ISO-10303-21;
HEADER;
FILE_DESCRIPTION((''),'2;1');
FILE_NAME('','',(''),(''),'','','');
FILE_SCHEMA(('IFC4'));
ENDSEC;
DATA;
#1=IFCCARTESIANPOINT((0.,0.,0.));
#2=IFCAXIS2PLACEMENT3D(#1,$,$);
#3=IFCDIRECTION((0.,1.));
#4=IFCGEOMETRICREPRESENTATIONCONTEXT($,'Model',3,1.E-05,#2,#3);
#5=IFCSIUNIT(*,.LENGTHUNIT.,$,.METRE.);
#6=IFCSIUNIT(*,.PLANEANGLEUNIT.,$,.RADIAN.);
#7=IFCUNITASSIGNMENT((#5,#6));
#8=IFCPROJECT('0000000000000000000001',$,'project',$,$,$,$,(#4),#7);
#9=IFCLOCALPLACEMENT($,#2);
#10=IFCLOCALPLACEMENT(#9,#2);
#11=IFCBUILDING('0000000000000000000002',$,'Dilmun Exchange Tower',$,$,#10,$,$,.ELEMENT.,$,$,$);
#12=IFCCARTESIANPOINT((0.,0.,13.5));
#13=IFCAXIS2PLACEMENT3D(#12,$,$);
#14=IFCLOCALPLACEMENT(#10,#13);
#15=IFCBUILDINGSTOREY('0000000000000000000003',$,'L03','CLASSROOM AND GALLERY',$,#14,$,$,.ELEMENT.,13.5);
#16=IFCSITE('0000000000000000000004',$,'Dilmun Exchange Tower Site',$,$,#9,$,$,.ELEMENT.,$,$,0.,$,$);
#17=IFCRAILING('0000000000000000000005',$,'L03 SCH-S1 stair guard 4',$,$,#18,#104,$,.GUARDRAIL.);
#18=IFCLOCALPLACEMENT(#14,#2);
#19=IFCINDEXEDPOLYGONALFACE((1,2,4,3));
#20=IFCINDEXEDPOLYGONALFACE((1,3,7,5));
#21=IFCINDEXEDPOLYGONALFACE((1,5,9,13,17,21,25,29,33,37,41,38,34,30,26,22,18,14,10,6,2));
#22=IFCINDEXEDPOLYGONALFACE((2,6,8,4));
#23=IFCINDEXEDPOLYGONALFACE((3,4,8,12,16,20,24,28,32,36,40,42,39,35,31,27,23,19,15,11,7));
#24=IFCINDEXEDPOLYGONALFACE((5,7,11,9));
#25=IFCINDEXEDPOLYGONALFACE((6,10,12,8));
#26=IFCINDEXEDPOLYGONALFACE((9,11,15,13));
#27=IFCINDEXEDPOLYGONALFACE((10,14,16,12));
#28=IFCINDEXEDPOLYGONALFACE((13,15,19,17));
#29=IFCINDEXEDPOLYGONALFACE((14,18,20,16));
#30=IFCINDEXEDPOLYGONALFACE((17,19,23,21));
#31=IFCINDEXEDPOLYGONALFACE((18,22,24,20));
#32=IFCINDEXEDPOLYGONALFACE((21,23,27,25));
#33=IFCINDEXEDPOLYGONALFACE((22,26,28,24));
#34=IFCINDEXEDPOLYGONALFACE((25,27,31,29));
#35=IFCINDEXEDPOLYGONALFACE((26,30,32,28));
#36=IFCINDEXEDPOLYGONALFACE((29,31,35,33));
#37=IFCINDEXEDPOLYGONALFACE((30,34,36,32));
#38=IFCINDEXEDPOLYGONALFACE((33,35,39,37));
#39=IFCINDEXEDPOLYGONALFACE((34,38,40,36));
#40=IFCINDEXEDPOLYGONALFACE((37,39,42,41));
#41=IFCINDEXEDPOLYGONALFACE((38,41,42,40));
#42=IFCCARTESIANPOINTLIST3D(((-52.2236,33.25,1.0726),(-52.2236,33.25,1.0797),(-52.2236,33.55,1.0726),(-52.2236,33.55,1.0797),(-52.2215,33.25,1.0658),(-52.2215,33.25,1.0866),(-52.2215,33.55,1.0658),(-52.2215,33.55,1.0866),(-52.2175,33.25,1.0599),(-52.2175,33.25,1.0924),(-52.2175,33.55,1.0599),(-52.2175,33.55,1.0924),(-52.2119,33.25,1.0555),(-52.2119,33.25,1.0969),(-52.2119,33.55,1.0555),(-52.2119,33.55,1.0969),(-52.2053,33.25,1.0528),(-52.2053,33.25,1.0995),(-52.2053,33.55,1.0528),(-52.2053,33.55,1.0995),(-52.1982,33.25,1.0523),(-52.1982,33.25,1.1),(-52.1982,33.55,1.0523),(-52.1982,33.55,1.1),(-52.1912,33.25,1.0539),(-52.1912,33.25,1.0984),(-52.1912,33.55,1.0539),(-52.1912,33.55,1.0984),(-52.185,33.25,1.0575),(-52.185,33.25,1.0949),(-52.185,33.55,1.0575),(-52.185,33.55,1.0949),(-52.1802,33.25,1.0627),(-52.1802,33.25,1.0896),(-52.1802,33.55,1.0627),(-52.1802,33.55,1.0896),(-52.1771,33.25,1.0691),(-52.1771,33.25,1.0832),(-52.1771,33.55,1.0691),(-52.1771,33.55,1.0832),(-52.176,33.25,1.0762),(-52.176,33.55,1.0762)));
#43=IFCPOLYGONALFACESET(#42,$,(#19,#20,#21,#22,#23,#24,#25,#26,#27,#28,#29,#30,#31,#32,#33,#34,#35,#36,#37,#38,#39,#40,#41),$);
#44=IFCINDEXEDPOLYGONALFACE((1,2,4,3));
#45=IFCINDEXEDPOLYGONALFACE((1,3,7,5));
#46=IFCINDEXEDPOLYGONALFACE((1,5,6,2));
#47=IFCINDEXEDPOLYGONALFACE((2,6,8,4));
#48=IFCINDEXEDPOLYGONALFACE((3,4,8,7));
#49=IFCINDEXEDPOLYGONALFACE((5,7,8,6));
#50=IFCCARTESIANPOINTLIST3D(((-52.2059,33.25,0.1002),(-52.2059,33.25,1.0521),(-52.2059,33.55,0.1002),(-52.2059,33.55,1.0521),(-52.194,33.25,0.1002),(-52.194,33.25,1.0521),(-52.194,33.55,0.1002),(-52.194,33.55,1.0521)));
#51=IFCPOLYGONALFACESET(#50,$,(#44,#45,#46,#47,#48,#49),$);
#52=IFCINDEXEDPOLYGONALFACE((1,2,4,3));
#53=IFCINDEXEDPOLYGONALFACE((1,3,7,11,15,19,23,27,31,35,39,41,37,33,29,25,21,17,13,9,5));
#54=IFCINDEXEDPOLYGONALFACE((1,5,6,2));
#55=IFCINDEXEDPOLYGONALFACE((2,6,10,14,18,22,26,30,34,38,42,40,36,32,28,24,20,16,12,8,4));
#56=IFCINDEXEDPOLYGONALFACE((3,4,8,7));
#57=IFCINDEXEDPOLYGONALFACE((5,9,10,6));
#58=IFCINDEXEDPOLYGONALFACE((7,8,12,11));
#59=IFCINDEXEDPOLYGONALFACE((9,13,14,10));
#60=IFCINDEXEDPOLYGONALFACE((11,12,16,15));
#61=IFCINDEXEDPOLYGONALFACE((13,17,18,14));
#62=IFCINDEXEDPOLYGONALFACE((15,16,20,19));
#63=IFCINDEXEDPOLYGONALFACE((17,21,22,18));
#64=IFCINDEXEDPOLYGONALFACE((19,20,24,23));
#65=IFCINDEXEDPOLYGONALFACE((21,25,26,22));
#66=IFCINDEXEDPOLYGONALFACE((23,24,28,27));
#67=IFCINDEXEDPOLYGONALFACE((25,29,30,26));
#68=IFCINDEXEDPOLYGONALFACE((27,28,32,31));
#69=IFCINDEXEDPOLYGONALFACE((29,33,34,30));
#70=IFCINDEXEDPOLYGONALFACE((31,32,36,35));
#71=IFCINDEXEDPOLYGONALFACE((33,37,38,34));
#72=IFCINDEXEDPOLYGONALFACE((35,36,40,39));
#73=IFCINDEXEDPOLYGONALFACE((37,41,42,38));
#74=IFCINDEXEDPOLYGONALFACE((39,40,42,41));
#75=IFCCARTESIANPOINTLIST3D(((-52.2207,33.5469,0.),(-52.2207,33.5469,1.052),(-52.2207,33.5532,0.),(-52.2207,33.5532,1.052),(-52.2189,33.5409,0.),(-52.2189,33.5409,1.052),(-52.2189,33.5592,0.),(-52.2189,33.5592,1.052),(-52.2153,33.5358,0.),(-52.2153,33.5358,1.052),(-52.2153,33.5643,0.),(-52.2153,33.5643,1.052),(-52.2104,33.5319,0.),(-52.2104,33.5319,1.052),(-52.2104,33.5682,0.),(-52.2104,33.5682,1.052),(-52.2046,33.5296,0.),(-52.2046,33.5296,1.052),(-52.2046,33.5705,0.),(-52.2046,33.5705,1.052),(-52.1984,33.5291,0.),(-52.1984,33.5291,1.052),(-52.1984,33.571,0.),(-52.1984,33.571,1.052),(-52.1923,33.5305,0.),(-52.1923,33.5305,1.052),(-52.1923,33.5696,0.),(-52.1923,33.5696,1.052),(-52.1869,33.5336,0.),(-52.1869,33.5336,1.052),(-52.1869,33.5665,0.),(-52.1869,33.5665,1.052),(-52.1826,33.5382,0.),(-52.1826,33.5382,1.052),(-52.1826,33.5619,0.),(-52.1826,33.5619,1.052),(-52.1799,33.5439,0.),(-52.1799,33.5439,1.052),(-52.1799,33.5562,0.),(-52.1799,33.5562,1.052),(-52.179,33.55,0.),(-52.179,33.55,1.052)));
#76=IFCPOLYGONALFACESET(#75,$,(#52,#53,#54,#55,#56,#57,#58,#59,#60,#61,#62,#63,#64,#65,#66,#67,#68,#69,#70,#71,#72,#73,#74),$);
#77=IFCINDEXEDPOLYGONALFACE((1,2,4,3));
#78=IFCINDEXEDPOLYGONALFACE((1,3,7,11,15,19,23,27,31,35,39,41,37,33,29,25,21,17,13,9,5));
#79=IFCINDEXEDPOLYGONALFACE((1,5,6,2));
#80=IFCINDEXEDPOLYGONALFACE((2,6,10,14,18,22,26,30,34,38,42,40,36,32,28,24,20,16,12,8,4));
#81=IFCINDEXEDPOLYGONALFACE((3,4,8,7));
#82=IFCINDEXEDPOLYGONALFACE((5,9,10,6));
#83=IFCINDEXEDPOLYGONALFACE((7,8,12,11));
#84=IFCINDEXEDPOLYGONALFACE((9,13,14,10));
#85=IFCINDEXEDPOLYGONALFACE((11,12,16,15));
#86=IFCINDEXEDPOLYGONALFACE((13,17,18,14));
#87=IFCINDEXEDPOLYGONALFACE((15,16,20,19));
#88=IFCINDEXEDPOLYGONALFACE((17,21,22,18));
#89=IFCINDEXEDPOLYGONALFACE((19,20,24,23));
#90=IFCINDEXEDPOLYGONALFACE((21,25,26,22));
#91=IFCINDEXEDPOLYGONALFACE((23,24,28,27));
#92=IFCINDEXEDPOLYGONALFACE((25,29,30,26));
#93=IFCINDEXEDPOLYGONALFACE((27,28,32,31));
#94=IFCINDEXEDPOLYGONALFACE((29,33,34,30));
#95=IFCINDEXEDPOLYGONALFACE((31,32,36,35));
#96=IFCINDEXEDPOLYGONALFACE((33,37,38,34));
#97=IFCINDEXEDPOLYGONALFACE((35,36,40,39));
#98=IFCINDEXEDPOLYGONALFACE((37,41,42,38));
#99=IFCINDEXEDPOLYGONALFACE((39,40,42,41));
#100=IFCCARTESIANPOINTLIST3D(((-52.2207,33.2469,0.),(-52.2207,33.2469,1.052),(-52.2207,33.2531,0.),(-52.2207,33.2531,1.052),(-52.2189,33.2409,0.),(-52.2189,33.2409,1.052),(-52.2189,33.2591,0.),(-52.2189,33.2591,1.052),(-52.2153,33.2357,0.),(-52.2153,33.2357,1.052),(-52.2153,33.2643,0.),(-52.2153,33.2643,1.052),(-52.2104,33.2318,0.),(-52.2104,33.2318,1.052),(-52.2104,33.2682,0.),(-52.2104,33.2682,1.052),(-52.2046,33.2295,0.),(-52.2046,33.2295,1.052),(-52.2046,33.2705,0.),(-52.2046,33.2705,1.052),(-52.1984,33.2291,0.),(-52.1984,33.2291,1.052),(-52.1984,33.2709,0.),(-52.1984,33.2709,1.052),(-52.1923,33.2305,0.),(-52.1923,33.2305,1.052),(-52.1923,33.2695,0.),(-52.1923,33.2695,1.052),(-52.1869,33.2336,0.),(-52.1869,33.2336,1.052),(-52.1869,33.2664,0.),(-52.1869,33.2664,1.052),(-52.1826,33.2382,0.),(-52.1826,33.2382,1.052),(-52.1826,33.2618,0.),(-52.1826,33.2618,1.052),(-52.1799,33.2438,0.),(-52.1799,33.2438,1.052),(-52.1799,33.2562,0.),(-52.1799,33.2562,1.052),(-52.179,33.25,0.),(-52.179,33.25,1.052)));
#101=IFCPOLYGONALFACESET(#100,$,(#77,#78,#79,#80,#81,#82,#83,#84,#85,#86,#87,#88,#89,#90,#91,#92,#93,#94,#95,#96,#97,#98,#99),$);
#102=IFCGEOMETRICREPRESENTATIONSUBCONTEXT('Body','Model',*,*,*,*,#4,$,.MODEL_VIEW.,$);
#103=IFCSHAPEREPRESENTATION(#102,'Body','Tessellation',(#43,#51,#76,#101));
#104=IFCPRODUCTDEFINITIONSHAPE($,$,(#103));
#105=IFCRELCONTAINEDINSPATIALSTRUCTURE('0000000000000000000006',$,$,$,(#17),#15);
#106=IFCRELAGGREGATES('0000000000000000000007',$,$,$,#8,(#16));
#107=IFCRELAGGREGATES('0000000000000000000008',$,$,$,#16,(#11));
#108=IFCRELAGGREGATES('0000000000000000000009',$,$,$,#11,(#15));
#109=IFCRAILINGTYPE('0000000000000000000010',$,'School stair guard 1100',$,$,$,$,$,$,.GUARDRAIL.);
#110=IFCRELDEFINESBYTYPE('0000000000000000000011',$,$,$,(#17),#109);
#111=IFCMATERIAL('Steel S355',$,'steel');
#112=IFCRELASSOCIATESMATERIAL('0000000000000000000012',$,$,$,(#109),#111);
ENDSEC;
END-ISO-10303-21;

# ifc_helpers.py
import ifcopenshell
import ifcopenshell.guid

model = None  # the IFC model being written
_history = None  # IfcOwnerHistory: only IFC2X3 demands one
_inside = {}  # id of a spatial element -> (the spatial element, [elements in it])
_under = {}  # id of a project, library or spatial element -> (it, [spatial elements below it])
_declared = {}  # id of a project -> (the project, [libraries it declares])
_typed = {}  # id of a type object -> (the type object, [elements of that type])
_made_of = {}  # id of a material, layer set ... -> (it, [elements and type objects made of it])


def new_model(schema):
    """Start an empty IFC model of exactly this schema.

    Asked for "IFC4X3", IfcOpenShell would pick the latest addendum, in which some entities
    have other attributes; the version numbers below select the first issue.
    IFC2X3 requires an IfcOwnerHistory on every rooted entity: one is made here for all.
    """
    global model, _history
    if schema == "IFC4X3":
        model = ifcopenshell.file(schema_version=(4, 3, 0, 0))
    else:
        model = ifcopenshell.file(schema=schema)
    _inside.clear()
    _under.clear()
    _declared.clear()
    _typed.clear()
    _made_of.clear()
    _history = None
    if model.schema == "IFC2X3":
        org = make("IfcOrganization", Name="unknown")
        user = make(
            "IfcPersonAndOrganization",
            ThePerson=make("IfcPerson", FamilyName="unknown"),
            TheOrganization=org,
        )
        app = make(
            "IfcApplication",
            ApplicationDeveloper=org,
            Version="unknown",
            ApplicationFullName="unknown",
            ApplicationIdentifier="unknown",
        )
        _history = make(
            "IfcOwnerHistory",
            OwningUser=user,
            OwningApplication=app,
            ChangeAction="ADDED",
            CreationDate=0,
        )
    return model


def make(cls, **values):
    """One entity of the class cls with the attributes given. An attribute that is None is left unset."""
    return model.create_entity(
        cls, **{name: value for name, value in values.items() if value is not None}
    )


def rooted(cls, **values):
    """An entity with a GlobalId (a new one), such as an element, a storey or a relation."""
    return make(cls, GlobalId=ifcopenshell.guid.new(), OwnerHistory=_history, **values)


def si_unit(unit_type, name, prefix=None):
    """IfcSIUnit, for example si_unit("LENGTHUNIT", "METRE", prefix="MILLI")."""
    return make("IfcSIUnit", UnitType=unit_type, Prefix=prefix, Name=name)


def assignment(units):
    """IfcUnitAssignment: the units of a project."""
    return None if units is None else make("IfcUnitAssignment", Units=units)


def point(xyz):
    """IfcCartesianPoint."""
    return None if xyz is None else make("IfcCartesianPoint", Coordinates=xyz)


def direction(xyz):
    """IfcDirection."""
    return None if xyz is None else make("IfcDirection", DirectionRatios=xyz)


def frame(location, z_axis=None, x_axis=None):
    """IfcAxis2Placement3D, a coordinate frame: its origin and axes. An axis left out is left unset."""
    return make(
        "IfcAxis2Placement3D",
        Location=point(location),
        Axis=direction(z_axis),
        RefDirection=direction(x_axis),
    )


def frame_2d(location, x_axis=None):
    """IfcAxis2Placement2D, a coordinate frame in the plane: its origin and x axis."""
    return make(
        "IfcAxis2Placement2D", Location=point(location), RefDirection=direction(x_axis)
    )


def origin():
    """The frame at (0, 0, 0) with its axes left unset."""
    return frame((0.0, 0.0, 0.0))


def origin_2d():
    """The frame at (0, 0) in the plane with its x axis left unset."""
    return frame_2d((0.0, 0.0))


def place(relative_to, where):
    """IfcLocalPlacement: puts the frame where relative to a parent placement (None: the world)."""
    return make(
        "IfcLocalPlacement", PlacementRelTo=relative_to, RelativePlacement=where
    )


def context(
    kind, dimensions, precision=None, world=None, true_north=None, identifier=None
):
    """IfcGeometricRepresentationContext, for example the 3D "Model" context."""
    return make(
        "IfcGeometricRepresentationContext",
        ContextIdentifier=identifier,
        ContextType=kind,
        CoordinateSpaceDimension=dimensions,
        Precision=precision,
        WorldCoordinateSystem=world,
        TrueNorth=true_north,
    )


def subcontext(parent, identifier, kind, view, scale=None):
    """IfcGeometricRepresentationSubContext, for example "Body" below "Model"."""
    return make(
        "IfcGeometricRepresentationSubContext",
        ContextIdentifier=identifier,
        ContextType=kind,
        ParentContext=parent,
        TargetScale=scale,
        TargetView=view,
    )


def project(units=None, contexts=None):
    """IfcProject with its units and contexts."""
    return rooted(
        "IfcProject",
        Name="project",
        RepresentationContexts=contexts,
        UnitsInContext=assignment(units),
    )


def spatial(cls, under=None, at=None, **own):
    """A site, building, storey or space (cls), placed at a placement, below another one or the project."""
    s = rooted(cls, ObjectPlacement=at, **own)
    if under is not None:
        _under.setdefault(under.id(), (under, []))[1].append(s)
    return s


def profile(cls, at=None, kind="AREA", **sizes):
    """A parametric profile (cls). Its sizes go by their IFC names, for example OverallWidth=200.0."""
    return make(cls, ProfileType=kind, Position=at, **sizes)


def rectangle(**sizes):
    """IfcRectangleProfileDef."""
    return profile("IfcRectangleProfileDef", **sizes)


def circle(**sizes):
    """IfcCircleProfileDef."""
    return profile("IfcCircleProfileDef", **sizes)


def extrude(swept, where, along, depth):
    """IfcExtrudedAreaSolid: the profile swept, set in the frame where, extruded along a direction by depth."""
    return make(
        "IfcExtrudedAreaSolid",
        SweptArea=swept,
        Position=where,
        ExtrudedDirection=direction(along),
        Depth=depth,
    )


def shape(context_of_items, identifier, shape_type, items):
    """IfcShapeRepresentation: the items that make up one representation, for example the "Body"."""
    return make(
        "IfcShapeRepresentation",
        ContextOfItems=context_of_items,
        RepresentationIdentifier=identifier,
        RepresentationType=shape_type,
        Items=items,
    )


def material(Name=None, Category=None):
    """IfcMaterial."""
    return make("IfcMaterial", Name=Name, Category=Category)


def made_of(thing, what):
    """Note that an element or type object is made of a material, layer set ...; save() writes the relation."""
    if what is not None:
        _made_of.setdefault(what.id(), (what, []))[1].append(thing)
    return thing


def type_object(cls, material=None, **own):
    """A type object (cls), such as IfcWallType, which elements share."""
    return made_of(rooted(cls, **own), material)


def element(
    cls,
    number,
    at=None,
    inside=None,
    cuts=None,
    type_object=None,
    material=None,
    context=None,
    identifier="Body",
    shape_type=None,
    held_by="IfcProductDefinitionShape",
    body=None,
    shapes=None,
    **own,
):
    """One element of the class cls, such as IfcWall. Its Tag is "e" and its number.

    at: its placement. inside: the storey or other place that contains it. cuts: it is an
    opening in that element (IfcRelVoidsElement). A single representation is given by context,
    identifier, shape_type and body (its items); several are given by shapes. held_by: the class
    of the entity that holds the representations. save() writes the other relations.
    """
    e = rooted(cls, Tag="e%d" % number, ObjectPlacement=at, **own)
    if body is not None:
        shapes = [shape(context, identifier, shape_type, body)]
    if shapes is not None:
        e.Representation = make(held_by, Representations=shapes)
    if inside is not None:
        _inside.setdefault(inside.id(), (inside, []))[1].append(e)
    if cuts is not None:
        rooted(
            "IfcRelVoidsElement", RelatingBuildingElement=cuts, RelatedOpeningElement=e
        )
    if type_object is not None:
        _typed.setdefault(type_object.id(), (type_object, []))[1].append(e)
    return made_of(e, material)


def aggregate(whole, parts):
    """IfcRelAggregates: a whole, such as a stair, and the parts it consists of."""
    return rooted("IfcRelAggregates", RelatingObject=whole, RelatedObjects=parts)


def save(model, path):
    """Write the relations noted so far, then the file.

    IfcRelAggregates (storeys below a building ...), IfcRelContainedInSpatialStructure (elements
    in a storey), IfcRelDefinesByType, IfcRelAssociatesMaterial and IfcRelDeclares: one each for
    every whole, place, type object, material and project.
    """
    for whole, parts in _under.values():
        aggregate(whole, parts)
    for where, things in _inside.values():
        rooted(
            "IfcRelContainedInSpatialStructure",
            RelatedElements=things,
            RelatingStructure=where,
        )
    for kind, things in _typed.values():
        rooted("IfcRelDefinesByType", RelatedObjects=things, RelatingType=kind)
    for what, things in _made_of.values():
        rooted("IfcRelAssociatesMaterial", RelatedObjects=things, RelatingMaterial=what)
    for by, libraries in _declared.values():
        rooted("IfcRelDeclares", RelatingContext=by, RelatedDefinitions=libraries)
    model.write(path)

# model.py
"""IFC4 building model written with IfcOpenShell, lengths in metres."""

from ifc_helpers import new_model, si_unit, direction, frame, origin, origin_2d, place, context, subcontext, project, spatial, rectangle, circle, extrude, material, type_object, element, save


model = new_model("IFC4")

# Units and contexts
model_context = context("Model", 3, precision=1e-05, world=origin(), true_north=direction((0.0, 1.0)))
body_context = subcontext(model_context, "Body", "Model", "MODEL_VIEW")
ifc_project = project(units=[si_unit("LENGTHUNIT", "METRE"), si_unit("PLANEANGLEUNIT", "RADIAN")], contexts=[model_context])

# Site, building, storey
site_placement = place(None, origin())
site = spatial("IfcSite", under=ifc_project, at=site_placement, Name="Dilmun Exchange Tower Site", CompositionType="ELEMENT", RefElevation=0.0)
building_placement = place(site_placement, origin())
building = spatial("IfcBuilding", under=site, at=building_placement, Name="Dilmun Exchange Tower", CompositionType="ELEMENT")
storey_placement = place(building_placement, frame((0.0, 0.0, 13.5)))
storey = spatial("IfcBuildingStorey", under=building, at=storey_placement, Name="L03", Description="CLASSROOM AND GALLERY", CompositionType="ELEMENT", Elevation=13.5)

# Railing
ifc_material_1 = material(Name="Steel S355", Category="steel")
railing_type_1 = type_object("IfcRailingType", Name="School stair guard 1100", PredefinedType="GUARDRAIL", material=ifc_material_1)
railing_1_placement = place(storey_placement, frame((-52.2, 33.55, 0.0)))
element("IfcRailing", 1, at=railing_1_placement, inside=storey, type_object=railing_type_1, Name="L03 SCH-S1 stair guard 4", PredefinedType="GUARDRAIL", context=body_context, shape_type="SweptSolid", body=[
    extrude(circle(Radius=0.0239, at=origin_2d()), frame((0.0, 0.0, 1.0762), z_axis=(0.0, -1.0, 0.0), x_axis=(1.0, 0.0, 0.0)), (0.0, 0.0, 1.0), 0.3),
    extrude(rectangle(XDim=0.012, YDim=0.9519, at=origin_2d()), frame((0.0, 0.0, 0.5762), z_axis=(0.0, -1.0, 0.0), x_axis=(1.0, 0.0, 0.0)), (0.0, 0.0, 1.0), 0.3),
    extrude(circle(Radius=0.021, at=origin_2d()), origin(), (0.0, 0.0, 1.0), 1.052),
    extrude(circle(Radius=0.021, at=origin_2d()), frame((0.0, -0.3, 0.0)), (0.0, 0.0, 1.0), 1.052),
])

save(model, "model.ifc")
